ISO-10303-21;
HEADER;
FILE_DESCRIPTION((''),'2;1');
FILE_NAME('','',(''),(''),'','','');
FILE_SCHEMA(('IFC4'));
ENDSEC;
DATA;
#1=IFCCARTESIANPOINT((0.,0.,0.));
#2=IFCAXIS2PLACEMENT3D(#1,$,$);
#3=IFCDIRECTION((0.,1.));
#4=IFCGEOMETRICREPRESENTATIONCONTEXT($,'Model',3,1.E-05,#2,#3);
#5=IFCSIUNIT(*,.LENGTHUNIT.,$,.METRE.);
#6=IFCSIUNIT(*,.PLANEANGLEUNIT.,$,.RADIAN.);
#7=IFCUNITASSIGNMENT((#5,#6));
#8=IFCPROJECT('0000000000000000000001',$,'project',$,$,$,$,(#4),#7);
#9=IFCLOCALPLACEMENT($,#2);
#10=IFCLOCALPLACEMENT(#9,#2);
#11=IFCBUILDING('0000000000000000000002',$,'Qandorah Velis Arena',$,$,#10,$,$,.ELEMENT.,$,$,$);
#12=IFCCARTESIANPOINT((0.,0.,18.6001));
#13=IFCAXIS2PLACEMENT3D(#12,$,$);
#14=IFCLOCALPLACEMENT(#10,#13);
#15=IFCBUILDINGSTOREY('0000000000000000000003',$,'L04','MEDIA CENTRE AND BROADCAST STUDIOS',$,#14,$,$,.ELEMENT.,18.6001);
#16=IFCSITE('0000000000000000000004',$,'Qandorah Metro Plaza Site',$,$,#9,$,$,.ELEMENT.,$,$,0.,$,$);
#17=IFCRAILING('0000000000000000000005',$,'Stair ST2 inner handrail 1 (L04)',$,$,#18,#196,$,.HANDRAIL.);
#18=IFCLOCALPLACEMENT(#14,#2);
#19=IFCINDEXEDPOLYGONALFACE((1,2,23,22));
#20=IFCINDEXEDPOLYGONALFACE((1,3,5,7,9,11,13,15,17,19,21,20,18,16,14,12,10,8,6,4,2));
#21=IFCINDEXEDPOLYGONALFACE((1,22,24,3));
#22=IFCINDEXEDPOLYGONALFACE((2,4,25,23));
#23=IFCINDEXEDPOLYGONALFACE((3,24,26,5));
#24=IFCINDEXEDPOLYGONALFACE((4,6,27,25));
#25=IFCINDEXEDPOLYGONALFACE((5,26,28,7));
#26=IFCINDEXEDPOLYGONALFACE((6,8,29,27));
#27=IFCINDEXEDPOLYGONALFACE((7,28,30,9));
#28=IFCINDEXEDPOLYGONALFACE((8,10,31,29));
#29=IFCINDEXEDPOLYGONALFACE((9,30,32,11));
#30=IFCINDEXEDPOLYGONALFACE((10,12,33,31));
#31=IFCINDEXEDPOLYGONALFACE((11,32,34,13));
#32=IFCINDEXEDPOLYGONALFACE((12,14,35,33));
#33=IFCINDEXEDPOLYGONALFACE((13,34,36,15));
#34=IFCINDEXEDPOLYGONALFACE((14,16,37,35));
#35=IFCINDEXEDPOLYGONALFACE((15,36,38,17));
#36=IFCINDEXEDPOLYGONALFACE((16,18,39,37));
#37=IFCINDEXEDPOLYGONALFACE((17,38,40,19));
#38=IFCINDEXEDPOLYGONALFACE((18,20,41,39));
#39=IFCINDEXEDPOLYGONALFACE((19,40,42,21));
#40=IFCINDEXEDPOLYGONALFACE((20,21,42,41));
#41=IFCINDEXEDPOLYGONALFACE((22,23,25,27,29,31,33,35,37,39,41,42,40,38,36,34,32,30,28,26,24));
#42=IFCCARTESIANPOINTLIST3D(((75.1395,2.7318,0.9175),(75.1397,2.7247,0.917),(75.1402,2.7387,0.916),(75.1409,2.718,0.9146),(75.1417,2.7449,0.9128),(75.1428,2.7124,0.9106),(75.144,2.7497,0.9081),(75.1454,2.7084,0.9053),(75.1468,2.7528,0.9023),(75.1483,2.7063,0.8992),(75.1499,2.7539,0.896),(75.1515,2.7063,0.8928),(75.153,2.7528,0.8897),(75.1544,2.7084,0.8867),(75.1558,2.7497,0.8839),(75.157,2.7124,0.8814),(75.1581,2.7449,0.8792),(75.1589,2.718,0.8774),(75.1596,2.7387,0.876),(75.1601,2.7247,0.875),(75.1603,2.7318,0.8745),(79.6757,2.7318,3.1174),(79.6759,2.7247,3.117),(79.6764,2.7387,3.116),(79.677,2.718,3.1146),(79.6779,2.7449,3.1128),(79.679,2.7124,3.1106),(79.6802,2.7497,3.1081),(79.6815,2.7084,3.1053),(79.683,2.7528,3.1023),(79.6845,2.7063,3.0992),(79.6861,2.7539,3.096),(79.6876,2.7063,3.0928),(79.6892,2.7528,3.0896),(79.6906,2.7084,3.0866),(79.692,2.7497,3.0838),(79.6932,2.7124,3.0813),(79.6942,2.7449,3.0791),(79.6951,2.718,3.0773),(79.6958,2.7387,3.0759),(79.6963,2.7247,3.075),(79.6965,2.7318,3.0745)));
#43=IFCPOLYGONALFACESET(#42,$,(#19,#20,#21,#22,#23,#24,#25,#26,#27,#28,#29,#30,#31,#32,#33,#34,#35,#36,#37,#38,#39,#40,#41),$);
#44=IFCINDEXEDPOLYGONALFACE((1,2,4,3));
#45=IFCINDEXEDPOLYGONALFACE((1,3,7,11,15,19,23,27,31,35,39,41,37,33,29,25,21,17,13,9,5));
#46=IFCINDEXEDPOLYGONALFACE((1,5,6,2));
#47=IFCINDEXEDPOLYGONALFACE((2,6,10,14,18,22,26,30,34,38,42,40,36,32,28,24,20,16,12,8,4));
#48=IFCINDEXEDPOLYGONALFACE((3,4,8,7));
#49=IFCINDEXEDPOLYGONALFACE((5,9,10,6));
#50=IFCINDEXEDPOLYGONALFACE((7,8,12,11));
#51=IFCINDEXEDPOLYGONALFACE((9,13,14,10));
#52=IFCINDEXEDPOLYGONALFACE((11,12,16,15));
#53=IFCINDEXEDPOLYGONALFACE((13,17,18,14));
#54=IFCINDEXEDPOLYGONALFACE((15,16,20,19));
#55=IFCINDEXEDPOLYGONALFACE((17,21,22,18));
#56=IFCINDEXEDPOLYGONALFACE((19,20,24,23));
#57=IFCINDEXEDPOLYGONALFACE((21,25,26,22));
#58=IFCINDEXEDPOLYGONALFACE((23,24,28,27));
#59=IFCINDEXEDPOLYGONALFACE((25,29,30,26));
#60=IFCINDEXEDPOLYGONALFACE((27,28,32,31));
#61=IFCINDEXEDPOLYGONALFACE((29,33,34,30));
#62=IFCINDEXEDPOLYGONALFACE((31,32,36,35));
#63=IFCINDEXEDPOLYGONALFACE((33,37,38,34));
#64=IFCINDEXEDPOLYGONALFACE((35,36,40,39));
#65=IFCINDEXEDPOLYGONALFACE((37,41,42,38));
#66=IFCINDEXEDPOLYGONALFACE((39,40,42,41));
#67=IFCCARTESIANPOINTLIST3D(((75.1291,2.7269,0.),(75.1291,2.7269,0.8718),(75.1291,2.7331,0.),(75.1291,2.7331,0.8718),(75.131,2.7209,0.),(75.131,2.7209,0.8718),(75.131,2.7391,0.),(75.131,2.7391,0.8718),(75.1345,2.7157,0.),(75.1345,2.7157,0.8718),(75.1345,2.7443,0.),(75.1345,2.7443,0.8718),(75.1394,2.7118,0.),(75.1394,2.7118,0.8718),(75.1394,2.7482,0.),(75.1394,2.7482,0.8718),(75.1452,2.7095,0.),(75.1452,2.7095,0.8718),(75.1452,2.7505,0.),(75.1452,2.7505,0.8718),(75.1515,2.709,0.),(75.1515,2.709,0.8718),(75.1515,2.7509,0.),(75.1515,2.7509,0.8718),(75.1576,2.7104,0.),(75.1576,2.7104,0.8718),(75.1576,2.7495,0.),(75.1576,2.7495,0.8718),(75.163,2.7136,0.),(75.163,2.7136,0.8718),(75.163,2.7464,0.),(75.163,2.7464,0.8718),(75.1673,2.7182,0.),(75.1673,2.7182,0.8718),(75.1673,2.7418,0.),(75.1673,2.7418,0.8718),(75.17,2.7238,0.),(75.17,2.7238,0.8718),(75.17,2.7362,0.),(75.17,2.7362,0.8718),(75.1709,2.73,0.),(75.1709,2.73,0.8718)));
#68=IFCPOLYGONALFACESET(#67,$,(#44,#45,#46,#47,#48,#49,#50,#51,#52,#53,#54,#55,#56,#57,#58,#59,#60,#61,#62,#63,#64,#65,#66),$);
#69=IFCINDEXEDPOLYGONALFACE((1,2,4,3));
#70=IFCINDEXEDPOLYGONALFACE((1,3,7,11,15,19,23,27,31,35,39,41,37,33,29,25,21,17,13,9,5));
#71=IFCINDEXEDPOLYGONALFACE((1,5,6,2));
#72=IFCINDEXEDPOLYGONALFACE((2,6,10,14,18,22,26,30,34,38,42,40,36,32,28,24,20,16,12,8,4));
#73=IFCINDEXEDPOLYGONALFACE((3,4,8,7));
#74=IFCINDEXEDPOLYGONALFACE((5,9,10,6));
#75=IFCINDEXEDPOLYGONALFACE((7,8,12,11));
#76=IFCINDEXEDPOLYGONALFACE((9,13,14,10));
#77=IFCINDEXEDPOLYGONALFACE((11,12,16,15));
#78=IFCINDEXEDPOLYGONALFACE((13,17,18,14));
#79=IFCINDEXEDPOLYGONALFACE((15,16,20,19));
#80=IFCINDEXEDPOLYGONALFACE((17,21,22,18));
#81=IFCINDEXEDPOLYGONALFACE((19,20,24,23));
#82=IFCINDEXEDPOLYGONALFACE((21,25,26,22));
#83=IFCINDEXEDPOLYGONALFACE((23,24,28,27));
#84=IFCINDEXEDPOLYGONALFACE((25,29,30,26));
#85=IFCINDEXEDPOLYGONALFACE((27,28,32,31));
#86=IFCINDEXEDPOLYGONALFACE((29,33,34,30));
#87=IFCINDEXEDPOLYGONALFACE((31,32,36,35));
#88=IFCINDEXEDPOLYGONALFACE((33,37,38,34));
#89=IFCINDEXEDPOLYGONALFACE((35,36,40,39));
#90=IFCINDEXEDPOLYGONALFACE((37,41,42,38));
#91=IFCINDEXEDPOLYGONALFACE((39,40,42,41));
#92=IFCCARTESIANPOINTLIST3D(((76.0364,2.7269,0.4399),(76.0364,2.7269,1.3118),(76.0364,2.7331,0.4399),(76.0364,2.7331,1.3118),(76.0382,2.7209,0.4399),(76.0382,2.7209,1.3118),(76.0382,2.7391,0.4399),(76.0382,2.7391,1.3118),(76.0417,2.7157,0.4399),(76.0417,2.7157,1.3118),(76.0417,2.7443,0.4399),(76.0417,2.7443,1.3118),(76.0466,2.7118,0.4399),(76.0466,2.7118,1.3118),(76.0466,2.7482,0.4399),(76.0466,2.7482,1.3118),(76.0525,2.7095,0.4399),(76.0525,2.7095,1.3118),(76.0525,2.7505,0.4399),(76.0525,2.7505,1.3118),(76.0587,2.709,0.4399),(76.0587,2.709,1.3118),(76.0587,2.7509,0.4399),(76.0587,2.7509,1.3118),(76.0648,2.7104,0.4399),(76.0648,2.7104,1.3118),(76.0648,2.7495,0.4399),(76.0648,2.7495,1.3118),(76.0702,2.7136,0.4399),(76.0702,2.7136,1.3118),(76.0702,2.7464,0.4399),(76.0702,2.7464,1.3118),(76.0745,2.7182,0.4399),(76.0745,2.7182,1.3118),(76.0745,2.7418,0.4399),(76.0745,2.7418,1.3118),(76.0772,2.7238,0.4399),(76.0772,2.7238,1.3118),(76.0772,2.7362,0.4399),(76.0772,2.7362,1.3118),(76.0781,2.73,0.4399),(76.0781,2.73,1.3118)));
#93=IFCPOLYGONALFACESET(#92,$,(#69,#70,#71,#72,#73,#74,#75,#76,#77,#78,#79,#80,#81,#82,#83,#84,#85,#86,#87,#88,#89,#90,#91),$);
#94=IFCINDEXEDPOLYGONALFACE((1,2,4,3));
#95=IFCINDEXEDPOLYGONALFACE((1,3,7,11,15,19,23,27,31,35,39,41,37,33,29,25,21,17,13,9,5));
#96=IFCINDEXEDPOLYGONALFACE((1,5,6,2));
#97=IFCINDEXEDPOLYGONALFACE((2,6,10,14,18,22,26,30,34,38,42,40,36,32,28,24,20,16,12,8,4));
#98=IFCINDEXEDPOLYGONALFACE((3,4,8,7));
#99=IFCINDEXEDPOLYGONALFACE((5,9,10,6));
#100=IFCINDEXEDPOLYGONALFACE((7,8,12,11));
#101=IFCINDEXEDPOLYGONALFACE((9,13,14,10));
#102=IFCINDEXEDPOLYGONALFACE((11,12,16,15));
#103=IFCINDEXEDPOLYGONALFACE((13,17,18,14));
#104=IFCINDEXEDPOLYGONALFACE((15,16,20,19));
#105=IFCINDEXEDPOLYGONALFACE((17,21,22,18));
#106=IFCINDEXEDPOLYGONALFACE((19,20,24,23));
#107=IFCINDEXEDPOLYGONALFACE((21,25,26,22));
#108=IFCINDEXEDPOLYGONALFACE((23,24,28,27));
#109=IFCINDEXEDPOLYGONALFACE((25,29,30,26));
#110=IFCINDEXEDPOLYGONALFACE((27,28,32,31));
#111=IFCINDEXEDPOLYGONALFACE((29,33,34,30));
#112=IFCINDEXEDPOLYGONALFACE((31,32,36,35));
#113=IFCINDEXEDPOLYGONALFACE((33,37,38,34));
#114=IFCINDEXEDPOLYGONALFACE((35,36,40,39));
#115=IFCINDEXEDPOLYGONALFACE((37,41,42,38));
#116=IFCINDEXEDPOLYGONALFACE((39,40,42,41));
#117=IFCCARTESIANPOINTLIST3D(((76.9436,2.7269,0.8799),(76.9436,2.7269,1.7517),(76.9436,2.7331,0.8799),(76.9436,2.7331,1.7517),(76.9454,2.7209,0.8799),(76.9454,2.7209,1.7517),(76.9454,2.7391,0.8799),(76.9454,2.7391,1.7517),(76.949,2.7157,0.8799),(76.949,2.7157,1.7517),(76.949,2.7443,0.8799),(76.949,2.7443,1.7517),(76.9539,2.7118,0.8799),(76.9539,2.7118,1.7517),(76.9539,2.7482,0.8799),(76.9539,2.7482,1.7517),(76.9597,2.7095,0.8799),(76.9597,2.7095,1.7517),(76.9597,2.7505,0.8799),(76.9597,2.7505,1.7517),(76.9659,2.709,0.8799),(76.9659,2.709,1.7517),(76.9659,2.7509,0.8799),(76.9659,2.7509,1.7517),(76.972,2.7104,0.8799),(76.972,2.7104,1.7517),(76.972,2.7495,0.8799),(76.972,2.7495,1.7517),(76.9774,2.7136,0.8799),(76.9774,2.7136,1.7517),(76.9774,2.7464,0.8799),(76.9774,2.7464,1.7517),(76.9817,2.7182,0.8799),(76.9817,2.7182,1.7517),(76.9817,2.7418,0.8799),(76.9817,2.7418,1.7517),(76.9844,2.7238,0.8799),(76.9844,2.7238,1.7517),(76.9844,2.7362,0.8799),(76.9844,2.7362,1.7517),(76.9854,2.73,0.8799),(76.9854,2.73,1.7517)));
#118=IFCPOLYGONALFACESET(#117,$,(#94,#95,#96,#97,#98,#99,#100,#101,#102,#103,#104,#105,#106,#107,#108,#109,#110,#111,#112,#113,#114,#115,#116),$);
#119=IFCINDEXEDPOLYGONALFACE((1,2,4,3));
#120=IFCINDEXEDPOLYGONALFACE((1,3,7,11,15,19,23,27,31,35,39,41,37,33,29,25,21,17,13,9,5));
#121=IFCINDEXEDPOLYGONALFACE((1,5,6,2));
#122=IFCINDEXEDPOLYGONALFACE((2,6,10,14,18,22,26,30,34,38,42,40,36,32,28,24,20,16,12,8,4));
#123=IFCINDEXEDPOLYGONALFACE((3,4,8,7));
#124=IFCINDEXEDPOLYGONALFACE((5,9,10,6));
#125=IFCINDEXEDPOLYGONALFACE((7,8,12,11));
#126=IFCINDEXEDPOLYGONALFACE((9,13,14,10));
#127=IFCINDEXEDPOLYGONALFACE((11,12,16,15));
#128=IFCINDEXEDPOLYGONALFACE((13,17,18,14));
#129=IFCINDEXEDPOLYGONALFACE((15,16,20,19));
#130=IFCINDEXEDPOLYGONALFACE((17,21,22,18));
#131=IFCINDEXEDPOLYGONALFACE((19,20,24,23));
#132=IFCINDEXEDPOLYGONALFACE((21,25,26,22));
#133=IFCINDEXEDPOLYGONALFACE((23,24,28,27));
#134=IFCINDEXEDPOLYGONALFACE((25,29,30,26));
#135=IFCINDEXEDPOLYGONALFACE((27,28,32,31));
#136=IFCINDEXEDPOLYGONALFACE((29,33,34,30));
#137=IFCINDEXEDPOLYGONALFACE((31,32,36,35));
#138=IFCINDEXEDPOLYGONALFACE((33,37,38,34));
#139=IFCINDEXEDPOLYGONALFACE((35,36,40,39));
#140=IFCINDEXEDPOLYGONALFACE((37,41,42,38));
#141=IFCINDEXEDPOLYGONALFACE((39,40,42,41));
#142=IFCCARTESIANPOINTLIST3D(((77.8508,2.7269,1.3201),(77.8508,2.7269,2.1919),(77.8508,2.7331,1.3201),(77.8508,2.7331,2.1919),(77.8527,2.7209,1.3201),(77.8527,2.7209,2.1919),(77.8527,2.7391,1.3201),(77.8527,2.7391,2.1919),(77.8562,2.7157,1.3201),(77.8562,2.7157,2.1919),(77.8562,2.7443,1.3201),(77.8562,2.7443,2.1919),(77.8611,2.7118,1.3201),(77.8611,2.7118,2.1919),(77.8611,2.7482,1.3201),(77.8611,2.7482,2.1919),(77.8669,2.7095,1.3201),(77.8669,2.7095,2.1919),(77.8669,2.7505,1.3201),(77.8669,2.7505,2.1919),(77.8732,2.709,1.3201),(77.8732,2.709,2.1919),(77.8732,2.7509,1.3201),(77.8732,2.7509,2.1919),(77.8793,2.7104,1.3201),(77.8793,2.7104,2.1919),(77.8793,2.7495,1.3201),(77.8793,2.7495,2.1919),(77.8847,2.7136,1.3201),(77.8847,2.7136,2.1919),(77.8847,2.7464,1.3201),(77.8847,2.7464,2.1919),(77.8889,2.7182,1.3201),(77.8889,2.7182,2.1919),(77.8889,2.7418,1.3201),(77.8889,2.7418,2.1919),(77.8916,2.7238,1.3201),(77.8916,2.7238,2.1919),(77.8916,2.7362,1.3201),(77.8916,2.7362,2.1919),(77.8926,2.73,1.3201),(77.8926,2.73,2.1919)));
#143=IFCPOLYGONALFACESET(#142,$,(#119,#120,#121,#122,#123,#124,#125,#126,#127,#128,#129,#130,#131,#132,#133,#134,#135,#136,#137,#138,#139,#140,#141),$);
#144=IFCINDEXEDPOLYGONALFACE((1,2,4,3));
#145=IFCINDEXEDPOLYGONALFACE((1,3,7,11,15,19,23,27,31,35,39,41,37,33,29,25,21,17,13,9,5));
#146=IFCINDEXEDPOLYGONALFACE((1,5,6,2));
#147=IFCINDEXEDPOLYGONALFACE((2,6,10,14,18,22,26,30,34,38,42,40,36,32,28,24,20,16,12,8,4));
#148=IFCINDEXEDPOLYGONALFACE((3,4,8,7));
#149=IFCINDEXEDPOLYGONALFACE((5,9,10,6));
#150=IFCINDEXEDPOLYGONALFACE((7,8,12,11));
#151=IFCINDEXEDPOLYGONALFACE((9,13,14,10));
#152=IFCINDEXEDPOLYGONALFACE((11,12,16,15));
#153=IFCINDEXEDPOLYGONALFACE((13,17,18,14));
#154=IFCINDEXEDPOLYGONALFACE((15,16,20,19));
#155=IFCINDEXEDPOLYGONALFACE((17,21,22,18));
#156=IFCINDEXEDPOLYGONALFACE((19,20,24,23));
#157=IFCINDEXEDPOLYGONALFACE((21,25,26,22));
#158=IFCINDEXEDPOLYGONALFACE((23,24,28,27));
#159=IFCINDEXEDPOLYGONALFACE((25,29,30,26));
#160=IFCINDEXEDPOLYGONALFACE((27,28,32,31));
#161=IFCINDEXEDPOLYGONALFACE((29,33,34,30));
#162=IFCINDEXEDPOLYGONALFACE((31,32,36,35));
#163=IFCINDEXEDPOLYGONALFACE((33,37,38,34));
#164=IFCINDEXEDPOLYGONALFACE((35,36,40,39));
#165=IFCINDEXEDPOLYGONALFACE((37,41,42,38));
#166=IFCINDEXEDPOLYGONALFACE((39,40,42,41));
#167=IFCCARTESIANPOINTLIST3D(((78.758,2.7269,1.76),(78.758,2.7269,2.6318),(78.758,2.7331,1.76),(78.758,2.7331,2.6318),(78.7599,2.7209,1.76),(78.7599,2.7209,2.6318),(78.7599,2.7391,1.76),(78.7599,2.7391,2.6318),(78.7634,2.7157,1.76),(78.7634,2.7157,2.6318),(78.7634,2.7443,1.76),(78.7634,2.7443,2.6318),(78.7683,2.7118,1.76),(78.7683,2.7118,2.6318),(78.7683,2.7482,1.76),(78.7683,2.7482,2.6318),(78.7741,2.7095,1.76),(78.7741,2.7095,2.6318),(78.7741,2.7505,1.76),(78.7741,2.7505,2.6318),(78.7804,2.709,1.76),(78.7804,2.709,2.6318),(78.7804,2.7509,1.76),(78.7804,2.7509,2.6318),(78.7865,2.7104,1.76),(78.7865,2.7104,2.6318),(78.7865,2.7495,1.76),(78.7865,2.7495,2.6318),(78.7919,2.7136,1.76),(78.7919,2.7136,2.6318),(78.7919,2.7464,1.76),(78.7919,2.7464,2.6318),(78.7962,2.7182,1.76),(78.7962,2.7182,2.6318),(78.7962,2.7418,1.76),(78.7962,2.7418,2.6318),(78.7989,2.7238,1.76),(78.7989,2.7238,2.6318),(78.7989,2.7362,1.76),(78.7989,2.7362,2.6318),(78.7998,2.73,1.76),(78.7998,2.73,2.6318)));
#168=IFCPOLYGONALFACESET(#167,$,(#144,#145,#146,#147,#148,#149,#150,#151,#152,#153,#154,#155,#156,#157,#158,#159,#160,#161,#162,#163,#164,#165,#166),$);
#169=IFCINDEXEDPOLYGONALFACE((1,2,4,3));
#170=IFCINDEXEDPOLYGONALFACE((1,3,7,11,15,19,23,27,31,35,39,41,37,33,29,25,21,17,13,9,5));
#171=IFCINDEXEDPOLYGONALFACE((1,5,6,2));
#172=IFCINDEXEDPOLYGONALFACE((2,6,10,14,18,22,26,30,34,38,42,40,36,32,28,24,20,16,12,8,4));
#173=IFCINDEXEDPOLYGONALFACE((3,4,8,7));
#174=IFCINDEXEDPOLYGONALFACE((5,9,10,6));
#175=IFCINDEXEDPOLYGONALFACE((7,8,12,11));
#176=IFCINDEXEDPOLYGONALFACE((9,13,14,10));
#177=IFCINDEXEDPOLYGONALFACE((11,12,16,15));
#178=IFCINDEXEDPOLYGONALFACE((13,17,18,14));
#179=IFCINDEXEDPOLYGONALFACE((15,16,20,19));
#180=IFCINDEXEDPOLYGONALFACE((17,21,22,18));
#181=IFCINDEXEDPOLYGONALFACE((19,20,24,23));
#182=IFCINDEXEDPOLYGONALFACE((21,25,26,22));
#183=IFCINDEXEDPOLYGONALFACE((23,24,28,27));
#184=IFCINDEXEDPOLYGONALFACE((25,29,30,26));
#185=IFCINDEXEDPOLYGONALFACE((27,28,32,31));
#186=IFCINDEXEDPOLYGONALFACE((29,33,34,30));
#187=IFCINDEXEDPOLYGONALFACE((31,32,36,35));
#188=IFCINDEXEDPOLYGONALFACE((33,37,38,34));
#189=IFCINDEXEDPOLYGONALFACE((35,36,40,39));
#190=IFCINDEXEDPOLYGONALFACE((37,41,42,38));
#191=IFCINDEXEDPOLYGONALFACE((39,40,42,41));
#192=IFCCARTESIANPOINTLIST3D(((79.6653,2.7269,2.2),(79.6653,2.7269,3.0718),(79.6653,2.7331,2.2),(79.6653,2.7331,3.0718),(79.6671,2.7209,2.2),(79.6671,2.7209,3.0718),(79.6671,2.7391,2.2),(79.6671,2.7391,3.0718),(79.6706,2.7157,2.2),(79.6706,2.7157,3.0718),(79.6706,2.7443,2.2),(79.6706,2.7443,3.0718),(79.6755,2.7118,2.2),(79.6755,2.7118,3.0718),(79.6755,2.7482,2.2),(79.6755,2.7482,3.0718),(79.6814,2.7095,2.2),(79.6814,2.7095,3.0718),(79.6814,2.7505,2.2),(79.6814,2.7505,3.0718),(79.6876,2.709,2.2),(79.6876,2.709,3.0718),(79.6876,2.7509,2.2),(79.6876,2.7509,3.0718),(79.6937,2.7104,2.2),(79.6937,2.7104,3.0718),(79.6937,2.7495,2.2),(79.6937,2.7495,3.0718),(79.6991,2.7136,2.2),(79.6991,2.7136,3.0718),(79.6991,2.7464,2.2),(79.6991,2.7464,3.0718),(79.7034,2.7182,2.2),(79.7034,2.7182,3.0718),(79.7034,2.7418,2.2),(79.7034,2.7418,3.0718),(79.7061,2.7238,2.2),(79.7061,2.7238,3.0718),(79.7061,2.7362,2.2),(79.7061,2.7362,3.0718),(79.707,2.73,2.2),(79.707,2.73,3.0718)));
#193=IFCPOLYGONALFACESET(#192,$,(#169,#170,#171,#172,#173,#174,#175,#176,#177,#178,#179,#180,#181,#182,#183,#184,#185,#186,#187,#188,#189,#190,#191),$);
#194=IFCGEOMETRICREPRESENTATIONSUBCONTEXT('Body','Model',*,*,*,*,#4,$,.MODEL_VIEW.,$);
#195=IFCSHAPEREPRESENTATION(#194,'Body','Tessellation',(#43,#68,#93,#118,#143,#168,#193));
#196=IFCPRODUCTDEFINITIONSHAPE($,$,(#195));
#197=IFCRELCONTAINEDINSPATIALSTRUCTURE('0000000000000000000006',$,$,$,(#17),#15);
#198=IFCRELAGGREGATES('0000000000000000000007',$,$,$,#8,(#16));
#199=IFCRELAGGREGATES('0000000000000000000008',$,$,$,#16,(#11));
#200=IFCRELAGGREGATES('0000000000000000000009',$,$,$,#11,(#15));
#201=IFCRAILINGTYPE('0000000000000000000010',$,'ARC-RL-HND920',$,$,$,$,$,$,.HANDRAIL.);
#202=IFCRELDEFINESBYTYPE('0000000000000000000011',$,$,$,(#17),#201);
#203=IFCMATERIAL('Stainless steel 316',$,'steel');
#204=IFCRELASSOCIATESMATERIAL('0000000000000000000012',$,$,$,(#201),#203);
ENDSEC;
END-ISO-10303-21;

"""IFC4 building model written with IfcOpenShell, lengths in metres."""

from ifc_helpers import new_model, si_unit, direction, frame, origin, origin_2d, place, context, subcontext, project, spatial, circle, extrude, material, type_object, element, save


model = new_model("IFC4")

# Units and contexts
model_context = context("Model", 3, precision=1e-05, world=origin(), true_north=direction((0.0, 1.0)))
body_context = subcontext(model_context, "Body", "Model", "MODEL_VIEW")
ifc_project = project(units=[si_unit("LENGTHUNIT", "METRE"), si_unit("PLANEANGLEUNIT", "RADIAN")], contexts=[model_context])

# Site, building, storey
site_placement = place(None, origin())
site = spatial("IfcSite", under=ifc_project, at=site_placement, Name="Qandorah Metro Plaza Site", CompositionType="ELEMENT", RefElevation=0.0)
building_placement = place(site_placement, origin())
building = spatial("IfcBuilding", under=site, at=building_placement, Name="Qandorah Velis Arena", CompositionType="ELEMENT")
storey_placement = place(building_placement, frame((0.0, 0.0, 18.6001)))
storey = spatial("IfcBuildingStorey", under=building, at=storey_placement, Name="L04", Description="MEDIA CENTRE AND BROADCAST STUDIOS", CompositionType="ELEMENT", Elevation=18.6001)

# Railing
ifc_material_1 = material(Name="Stainless steel 316", Category="steel")
railing_type_1 = type_object("IfcRailingType", Name="ARC-RL-HND920", PredefinedType="HANDRAIL", material=ifc_material_1)
railing_1_placement = place(storey_placement, frame((75.1499, 2.73, 0.0)))
element("IfcRailing", 1, at=railing_1_placement, inside=storey, type_object=railing_type_1, Name="Stair ST2 inner handrail 1 (L04)", PredefinedType="HANDRAIL", context=body_context, shape_type="SweptSolid", body=[
    extrude(circle(Radius=0.0239, at=origin_2d()), frame((0.0, 0.0, 0.896), z_axis=(0.899766, 0.0, 0.436372), x_axis=(0.0, 1.0, 0.0)), (0.0, 0.0, 1.0), 5.0415),
    extrude(circle(Radius=0.021, at=origin_2d()), origin(), (0.0, 0.0, 1.0), 0.8718),
    extrude(circle(Radius=0.021, at=origin_2d()), frame((0.9072, 0.0, 0.4399)), (0.0, 0.0, 1.0), 0.8718),
    extrude(circle(Radius=0.021, at=origin_2d()), frame((1.8145, 0.0, 0.8799)), (0.0, 0.0, 1.0), 0.8718),
    extrude(circle(Radius=0.021, at=origin_2d()), frame((2.7217, 0.0, 1.3201)), (0.0, 0.0, 1.0), 0.8718),
    extrude(circle(Radius=0.021, at=origin_2d()), frame((3.6289, 0.0, 1.76)), (0.0, 0.0, 1.0), 0.8718),
    extrude(circle(Radius=0.021, at=origin_2d()), frame((4.5361, 0.0, 2.2)), (0.0, 0.0, 1.0), 0.8718),
])

save(model, "model.ifc")
